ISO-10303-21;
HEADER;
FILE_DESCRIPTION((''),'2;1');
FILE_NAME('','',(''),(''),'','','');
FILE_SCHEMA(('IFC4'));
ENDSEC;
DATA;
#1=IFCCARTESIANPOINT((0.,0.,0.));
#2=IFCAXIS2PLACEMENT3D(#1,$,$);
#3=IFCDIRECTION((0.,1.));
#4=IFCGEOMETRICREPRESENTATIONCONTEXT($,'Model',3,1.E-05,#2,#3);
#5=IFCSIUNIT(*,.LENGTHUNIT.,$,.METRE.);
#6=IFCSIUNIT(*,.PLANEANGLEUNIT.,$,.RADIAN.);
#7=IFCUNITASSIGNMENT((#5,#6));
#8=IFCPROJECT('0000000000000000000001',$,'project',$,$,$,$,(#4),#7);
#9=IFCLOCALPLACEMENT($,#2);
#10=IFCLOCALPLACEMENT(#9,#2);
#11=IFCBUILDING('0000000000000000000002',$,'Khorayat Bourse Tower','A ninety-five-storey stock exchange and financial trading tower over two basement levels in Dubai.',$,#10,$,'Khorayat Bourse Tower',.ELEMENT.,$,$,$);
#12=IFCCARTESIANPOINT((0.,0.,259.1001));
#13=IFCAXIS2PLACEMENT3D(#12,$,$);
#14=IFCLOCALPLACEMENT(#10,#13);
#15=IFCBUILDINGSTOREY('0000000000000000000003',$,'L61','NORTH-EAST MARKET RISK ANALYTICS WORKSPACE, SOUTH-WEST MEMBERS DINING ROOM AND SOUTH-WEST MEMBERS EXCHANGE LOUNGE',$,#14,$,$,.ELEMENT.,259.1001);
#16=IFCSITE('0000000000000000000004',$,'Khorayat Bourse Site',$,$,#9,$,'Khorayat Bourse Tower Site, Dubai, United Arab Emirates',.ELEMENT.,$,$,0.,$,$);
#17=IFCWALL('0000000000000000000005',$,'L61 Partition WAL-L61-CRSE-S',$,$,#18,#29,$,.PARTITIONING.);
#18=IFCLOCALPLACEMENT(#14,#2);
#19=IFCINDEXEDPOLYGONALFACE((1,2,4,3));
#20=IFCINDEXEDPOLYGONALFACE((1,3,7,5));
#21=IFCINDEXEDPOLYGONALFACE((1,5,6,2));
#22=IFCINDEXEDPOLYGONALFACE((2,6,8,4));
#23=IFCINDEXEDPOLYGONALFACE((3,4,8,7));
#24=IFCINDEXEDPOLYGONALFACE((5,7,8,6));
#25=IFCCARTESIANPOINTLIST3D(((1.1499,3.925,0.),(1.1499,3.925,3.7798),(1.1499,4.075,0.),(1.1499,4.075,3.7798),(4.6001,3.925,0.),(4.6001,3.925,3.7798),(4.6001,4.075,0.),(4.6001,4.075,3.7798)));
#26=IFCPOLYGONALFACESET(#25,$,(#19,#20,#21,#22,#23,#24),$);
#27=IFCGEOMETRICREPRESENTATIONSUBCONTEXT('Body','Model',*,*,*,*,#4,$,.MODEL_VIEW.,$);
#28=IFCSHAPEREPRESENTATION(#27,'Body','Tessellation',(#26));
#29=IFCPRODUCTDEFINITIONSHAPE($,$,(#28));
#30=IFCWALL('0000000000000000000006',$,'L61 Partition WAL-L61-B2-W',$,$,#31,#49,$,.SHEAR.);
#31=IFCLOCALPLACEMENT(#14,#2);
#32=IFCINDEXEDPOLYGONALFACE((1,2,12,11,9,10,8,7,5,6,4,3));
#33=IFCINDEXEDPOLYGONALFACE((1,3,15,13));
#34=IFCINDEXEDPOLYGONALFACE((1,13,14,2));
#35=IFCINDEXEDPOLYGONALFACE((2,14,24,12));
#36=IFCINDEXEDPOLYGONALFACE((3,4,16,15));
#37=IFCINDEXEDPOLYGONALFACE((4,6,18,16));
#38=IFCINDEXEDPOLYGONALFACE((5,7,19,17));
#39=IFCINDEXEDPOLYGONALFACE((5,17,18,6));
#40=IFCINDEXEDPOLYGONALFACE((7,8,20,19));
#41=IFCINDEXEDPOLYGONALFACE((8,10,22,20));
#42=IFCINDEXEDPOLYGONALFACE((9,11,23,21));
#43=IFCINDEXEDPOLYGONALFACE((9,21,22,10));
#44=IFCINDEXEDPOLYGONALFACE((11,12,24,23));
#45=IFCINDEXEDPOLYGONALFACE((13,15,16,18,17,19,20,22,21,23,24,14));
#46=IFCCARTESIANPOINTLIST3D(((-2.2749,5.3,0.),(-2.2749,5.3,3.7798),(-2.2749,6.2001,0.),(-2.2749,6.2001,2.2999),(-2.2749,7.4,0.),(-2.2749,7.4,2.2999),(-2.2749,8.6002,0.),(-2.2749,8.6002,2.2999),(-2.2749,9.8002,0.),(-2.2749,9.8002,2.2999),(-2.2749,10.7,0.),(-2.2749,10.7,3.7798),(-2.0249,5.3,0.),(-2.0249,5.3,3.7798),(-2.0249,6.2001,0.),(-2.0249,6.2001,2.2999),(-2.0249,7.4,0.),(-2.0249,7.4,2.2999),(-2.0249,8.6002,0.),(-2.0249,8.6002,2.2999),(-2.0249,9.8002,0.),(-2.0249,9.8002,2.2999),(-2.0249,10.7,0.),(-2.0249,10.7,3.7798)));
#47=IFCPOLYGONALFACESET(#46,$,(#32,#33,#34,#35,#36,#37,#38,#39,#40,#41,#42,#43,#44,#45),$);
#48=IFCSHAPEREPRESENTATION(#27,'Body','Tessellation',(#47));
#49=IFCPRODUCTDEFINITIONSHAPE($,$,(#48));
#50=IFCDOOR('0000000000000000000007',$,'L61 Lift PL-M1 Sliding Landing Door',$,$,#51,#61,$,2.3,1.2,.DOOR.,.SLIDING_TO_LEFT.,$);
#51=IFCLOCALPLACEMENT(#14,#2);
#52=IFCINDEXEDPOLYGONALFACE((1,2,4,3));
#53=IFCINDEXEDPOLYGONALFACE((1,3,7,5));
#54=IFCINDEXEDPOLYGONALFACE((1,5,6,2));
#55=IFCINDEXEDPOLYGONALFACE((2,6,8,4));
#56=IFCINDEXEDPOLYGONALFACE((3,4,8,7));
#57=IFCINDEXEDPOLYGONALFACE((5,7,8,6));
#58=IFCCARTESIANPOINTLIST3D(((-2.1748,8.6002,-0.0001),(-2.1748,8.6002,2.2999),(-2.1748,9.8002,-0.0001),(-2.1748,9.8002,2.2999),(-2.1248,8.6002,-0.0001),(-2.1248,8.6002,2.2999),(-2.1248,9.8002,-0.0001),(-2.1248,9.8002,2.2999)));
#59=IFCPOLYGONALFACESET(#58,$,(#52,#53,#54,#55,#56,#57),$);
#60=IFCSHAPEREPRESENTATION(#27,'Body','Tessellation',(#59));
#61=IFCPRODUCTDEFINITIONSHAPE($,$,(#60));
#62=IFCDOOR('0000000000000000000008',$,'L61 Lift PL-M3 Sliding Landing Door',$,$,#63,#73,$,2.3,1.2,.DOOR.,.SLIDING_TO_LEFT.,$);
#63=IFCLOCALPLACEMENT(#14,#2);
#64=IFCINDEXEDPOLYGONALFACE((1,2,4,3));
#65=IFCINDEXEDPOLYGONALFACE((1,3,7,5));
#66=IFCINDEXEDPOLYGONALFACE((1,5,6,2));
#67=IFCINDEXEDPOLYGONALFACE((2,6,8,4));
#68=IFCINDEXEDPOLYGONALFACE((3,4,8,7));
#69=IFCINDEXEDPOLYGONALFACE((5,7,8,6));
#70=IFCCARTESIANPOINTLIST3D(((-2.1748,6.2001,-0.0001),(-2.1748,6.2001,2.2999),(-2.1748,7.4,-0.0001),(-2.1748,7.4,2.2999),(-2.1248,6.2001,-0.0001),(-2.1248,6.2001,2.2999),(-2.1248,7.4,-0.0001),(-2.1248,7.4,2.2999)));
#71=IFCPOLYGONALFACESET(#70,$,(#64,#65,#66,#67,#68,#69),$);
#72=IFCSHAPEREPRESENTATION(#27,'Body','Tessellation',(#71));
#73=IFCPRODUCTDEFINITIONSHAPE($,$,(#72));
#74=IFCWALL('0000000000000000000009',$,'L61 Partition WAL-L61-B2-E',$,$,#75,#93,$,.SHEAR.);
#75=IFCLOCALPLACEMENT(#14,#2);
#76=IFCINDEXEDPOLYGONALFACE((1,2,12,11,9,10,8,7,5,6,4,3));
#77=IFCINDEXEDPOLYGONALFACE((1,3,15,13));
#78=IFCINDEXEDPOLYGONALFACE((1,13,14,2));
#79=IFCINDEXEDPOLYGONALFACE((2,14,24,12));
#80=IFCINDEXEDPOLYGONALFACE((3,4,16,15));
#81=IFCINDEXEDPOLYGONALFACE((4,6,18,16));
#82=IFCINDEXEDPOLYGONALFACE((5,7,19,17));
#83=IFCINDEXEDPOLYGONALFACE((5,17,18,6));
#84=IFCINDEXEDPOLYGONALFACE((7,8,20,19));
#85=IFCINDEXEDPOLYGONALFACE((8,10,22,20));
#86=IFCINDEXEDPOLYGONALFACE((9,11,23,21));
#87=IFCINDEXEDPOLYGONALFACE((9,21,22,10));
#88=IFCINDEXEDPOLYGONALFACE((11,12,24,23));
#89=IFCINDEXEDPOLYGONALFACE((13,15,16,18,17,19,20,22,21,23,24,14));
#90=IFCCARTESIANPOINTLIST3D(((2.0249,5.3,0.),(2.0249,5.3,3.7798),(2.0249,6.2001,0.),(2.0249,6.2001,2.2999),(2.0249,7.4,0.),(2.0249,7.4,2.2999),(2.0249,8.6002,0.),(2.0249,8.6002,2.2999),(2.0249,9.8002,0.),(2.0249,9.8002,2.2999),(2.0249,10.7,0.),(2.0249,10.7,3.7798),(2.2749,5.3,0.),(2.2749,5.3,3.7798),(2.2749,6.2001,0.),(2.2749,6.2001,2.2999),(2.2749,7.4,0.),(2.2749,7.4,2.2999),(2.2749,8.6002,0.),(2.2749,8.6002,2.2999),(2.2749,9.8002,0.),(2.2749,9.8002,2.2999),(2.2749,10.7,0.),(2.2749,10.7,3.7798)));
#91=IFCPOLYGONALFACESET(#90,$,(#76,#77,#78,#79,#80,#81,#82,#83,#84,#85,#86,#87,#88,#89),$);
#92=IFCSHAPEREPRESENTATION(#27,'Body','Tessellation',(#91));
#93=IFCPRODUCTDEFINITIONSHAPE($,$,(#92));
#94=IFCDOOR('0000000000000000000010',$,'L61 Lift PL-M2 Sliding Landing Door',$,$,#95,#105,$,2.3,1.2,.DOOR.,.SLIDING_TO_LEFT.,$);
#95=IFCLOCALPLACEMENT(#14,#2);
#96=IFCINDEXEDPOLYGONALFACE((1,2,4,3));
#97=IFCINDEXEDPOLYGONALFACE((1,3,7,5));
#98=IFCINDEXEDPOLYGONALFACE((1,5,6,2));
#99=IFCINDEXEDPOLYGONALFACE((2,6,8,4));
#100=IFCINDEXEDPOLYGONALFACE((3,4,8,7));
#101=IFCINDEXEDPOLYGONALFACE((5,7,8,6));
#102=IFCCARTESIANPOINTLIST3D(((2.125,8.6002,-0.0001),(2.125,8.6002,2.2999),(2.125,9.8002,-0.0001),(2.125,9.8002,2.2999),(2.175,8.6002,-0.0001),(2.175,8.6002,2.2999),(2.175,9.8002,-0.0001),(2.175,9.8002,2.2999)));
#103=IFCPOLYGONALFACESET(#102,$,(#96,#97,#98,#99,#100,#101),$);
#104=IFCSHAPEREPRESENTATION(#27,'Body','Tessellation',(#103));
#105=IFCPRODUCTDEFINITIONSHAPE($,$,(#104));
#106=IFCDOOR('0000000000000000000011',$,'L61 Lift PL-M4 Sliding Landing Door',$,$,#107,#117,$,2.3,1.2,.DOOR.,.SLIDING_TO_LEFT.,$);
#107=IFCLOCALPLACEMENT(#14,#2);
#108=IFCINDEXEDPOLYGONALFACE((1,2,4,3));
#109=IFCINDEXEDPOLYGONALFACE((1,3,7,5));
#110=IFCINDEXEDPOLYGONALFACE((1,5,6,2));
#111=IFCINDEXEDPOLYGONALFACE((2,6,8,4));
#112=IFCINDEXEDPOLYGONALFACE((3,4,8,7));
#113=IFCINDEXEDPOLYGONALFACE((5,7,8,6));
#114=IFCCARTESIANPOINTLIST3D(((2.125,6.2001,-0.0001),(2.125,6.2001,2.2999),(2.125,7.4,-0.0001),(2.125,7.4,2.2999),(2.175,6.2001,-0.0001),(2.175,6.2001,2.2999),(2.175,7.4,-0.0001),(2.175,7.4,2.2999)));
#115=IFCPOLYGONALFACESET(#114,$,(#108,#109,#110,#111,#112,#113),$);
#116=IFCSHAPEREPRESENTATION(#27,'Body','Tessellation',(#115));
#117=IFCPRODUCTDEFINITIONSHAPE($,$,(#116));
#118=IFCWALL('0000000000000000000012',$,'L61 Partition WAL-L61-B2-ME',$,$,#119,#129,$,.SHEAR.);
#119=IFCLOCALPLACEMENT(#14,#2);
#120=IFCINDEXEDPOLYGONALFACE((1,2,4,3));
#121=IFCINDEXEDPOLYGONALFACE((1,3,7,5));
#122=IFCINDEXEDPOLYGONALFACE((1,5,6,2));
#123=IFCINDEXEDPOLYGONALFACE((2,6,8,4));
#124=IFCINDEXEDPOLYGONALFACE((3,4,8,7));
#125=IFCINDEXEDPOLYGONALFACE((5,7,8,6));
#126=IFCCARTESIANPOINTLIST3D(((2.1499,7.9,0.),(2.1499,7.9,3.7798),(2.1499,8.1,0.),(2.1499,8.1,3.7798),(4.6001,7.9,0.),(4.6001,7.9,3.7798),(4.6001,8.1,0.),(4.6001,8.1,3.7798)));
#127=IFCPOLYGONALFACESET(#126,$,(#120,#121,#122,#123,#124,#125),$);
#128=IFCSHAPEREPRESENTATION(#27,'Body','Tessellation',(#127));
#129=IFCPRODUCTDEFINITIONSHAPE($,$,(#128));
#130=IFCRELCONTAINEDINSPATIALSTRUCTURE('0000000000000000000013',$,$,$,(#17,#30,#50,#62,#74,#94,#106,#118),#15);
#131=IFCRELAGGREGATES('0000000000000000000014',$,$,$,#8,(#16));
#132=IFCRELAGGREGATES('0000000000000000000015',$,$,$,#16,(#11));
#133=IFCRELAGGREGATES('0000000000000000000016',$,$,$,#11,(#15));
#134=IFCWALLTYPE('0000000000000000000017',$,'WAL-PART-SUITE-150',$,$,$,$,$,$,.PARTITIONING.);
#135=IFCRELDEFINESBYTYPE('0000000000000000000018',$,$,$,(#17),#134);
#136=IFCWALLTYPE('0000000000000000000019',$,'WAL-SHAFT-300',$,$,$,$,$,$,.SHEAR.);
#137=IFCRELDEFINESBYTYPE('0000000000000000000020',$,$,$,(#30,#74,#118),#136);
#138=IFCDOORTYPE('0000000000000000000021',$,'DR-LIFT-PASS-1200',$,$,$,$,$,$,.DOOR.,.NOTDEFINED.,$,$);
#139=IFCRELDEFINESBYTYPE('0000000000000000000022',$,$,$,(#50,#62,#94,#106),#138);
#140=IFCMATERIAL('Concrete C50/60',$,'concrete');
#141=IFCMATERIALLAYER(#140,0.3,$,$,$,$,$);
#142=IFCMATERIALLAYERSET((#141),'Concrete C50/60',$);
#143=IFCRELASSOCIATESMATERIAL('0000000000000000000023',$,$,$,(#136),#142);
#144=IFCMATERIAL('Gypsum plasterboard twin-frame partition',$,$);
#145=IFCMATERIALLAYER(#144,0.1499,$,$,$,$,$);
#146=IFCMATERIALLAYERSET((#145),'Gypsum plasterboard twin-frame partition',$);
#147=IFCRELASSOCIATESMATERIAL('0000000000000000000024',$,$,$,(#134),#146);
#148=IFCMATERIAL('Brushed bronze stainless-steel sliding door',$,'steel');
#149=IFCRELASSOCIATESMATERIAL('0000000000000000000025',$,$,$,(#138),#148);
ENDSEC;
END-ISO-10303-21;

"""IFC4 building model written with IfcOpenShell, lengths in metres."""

from ifc_helpers import new_model, si_unit, direction, frame, frame_2d, origin, place, context, subcontext, project, spatial, rectangle, extrude, source, transform, mapped, material, layer, layer_set, type_object, element, fill, save


model = new_model("IFC4")

# Units and contexts
model_context = context("Model", 3, precision=1e-05, world=origin(), true_north=direction((0.0, 1.0)))
body_context = subcontext(model_context, "Body", "Model", "MODEL_VIEW")
ifc_project = project(units=[si_unit("LENGTHUNIT", "METRE"), si_unit("PLANEANGLEUNIT", "RADIAN")], contexts=[model_context])

# Site, building, storey
site_placement = place(None, origin())
site = spatial("IfcSite", under=ifc_project, at=site_placement, Name="Khorayat Bourse Site", LongName="Khorayat Bourse Tower Site, Dubai, United Arab Emirates", CompositionType="ELEMENT", RefElevation=0.0)
building_placement = place(site_placement, origin())
building = spatial("IfcBuilding", under=site, at=building_placement, Name="Khorayat Bourse Tower", Description="A ninety-five-storey stock exchange and financial trading tower over two basement levels in Dubai.", LongName="Khorayat Bourse Tower", CompositionType="ELEMENT")
storey_placement = place(building_placement, frame((0.0, 0.0, 259.1001)))
storey = spatial("IfcBuildingStorey", under=building, at=storey_placement, Name="L61", Description="NORTH-EAST MARKET RISK ANALYTICS WORKSPACE, SOUTH-WEST MEMBERS DINING ROOM AND SOUTH-WEST MEMBERS EXCHANGE LOUNGE", CompositionType="ELEMENT", Elevation=259.1001)

# Shared definitions
ifc_material_1 = material(Name="Concrete C50/60", Category="concrete")
ifc_layer_1 = layer(ifc_material_1, 0.3)
ifc_layer_set_1 = layer_set([ifc_layer_1], Name="Concrete C50/60")
wall_type_1 = type_object("IfcWallType", Name="WAL-SHAFT-300", PredefinedType="SHEAR", material=ifc_layer_set_1)

# Wall
ifc_material_2 = material(Name="Gypsum plasterboard twin-frame partition")
ifc_layer_2 = layer(ifc_material_2, 0.1499)
ifc_layer_set_2 = layer_set([ifc_layer_2], Name="Gypsum plasterboard twin-frame partition")
wall_type_2 = type_object("IfcWallType", Name="WAL-PART-SUITE-150", PredefinedType="PARTITIONING", material=ifc_layer_set_2)
shared_shape_1 = source(origin(), body_context, "Body", "SweptSolid", [
    extrude(rectangle(XDim=3.4502, YDim=0.1499, at=frame_2d((1.7251, 0.0))), origin(), (0.0, 0.0, 1.0), 3.7798),
])
wall_1_placement = place(storey_placement, frame((1.1499, 4.0, 0.0), z_axis=(0.0, 0.0, 1.0), x_axis=(1.0, 0.0, 0.0)))
element("IfcWall", 1, at=wall_1_placement, inside=storey, type_object=wall_type_2, Name="L61 Partition WAL-L61-CRSE-S", PredefinedType="PARTITIONING", context=body_context, shape_type="MappedRepresentation", body=[
    mapped(shared_shape_1, transform((0.0, 0.0, 0.0), scale=1.0)),
])

# Walls, openings, doors
shared_shape_2 = source(origin(), body_context, "Body", "SweptSolid", [
    extrude(rectangle(XDim=5.3999, YDim=0.25, at=frame_2d((2.7, 0.0))), origin(), (0.0, 0.0, 1.0), 3.7798),
])
wall_2_placement = place(storey_placement, frame((-2.1499, 5.3, 0.0), z_axis=(0.0, 0.0, 1.0), x_axis=(0.0, 1.0, 0.0)))
wall_2 = element("IfcWall", 2, at=wall_2_placement, inside=storey, type_object=wall_type_1, Name="L61 Partition WAL-L61-B2-W", PredefinedType="SHEAR", context=body_context, shape_type="MappedRepresentation", body=[
    mapped(shared_shape_2, transform((0.0, 0.0, 0.0), scale=1.0)),
])
shared_shape_3 = source(origin(), body_context, "Body", "SweptSolid", [
    extrude(rectangle(XDim=1.2, YDim=2.3, at=frame_2d((0.6001, 1.1499))), frame((0.0, 0.135, 0.0), z_axis=(0.0, -1.0, 0.0), x_axis=(1.0, 0.0, 0.0)), (0.0, 0.0, 1.0), 0.27),
])
opening_1_placement = place(wall_2_placement, frame((3.3, 0.0, 0.0)))
opening_1 = element("IfcOpeningElement", 3, at=opening_1_placement, cuts=wall_2, PredefinedType="OPENING", context=body_context, shape_type="MappedRepresentation", body=[
    mapped(shared_shape_3, transform((0.0, 0.0, 0.0), scale=1.0)),
])
opening_2_placement = place(wall_2_placement, frame((0.8999, 0.0, 0.0)))
opening_2 = element("IfcOpeningElement", 4, at=opening_2_placement, cuts=wall_2, PredefinedType="OPENING", context=body_context, shape_type="MappedRepresentation", body=[
    mapped(shared_shape_3, transform((0.0, 0.0, 0.0), scale=1.0)),
])
ifc_material_3 = material(Name="Brushed bronze stainless-steel sliding door", Category="steel")
door_type_1 = type_object("IfcDoorType", Name="DR-LIFT-PASS-1200", OperationType="NOTDEFINED", PredefinedType="DOOR", material=ifc_material_3)
shared_shape_4 = source(origin(), body_context, "Body", "SweptSolid", [
    extrude(rectangle(XDim=1.2, YDim=2.3, at=frame_2d((0.6001, 1.1499))), frame((0.0, 0.0249, 0.0), z_axis=(0.0, -1.0, 0.0), x_axis=(1.0, 0.0, 0.0)), (0.0, 0.0, 1.0), 0.05),
])
door_1_placement = place(opening_1_placement, origin())
door_1 = element("IfcDoor", 5, at=door_1_placement, inside=storey, type_object=door_type_1, Name="L61 Lift PL-M1 Sliding Landing Door", OperationType="SLIDING_TO_LEFT", OverallHeight=2.3, OverallWidth=1.2, PredefinedType="DOOR", context=body_context, shape_type="MappedRepresentation", body=[
    mapped(shared_shape_4, transform((0.0, 0.0, 0.0), scale=1.0)),
])
fill(opening_1, door_1)
door_2_placement = place(opening_2_placement, origin())
door_2 = element("IfcDoor", 6, at=door_2_placement, inside=storey, type_object=door_type_1, Name="L61 Lift PL-M3 Sliding Landing Door", OperationType="SLIDING_TO_LEFT", OverallHeight=2.3, OverallWidth=1.2, PredefinedType="DOOR", context=body_context, shape_type="MappedRepresentation", body=[
    mapped(shared_shape_4, transform((0.0, 0.0, 0.0), scale=1.0)),
])
fill(opening_2, door_2)
wall_3_placement = place(storey_placement, frame((2.1499, 5.3, 0.0), z_axis=(0.0, 0.0, 1.0), x_axis=(0.0, 1.0, 0.0)))
wall_3 = element("IfcWall", 7, at=wall_3_placement, inside=storey, type_object=wall_type_1, Name="L61 Partition WAL-L61-B2-E", PredefinedType="SHEAR", context=body_context, shape_type="MappedRepresentation", body=[
    mapped(shared_shape_2, transform((0.0, 0.0, 0.0), scale=1.0)),
])
opening_3_placement = place(wall_3_placement, frame((3.3, 0.0, 0.0)))
opening_3 = element("IfcOpeningElement", 8, at=opening_3_placement, cuts=wall_3, PredefinedType="OPENING", context=body_context, shape_type="MappedRepresentation", body=[
    mapped(shared_shape_3, transform((0.0, 0.0, 0.0), scale=1.0)),
])
opening_4_placement = place(wall_3_placement, frame((0.8999, 0.0, 0.0)))
opening_4 = element("IfcOpeningElement", 9, at=opening_4_placement, cuts=wall_3, PredefinedType="OPENING", context=body_context, shape_type="MappedRepresentation", body=[
    mapped(shared_shape_3, transform((0.0, 0.0, 0.0), scale=1.0)),
])
door_3_placement = place(opening_3_placement, origin())
door_3 = element("IfcDoor", 10, at=door_3_placement, inside=storey, type_object=door_type_1, Name="L61 Lift PL-M2 Sliding Landing Door", OperationType="SLIDING_TO_LEFT", OverallHeight=2.3, OverallWidth=1.2, PredefinedType="DOOR", context=body_context, shape_type="MappedRepresentation", body=[
    mapped(shared_shape_4, transform((0.0, 0.0, 0.0), scale=1.0)),
])
fill(opening_3, door_3)
door_4_placement = place(opening_4_placement, origin())
door_4 = element("IfcDoor", 11, at=door_4_placement, inside=storey, type_object=door_type_1, Name="L61 Lift PL-M4 Sliding Landing Door", OperationType="SLIDING_TO_LEFT", OverallHeight=2.3, OverallWidth=1.2, PredefinedType="DOOR", context=body_context, shape_type="MappedRepresentation", body=[
    mapped(shared_shape_4, transform((0.0, 0.0, 0.0), scale=1.0)),
])
fill(opening_4, door_4)

# Wall
shared_shape_5 = source(origin(), body_context, "Body", "SweptSolid", [
    extrude(rectangle(XDim=2.4502, YDim=0.2, at=frame_2d((1.2251, 0.0))), origin(), (0.0, 0.0, 1.0), 3.7798),
])
wall_4_placement = place(storey_placement, frame((2.1499, 8.0, 0.0), z_axis=(0.0, 0.0, 1.0), x_axis=(1.0, 0.0, 0.0)))
element("IfcWall", 12, at=wall_4_placement, inside=storey, type_object=wall_type_1, Name="L61 Partition WAL-L61-B2-ME", PredefinedType="SHEAR", context=body_context, shape_type="MappedRepresentation", body=[
    mapped(shared_shape_5, transform((0.0, 0.0, 0.0), scale=1.0)),
])

save(model, "model.ifc")
